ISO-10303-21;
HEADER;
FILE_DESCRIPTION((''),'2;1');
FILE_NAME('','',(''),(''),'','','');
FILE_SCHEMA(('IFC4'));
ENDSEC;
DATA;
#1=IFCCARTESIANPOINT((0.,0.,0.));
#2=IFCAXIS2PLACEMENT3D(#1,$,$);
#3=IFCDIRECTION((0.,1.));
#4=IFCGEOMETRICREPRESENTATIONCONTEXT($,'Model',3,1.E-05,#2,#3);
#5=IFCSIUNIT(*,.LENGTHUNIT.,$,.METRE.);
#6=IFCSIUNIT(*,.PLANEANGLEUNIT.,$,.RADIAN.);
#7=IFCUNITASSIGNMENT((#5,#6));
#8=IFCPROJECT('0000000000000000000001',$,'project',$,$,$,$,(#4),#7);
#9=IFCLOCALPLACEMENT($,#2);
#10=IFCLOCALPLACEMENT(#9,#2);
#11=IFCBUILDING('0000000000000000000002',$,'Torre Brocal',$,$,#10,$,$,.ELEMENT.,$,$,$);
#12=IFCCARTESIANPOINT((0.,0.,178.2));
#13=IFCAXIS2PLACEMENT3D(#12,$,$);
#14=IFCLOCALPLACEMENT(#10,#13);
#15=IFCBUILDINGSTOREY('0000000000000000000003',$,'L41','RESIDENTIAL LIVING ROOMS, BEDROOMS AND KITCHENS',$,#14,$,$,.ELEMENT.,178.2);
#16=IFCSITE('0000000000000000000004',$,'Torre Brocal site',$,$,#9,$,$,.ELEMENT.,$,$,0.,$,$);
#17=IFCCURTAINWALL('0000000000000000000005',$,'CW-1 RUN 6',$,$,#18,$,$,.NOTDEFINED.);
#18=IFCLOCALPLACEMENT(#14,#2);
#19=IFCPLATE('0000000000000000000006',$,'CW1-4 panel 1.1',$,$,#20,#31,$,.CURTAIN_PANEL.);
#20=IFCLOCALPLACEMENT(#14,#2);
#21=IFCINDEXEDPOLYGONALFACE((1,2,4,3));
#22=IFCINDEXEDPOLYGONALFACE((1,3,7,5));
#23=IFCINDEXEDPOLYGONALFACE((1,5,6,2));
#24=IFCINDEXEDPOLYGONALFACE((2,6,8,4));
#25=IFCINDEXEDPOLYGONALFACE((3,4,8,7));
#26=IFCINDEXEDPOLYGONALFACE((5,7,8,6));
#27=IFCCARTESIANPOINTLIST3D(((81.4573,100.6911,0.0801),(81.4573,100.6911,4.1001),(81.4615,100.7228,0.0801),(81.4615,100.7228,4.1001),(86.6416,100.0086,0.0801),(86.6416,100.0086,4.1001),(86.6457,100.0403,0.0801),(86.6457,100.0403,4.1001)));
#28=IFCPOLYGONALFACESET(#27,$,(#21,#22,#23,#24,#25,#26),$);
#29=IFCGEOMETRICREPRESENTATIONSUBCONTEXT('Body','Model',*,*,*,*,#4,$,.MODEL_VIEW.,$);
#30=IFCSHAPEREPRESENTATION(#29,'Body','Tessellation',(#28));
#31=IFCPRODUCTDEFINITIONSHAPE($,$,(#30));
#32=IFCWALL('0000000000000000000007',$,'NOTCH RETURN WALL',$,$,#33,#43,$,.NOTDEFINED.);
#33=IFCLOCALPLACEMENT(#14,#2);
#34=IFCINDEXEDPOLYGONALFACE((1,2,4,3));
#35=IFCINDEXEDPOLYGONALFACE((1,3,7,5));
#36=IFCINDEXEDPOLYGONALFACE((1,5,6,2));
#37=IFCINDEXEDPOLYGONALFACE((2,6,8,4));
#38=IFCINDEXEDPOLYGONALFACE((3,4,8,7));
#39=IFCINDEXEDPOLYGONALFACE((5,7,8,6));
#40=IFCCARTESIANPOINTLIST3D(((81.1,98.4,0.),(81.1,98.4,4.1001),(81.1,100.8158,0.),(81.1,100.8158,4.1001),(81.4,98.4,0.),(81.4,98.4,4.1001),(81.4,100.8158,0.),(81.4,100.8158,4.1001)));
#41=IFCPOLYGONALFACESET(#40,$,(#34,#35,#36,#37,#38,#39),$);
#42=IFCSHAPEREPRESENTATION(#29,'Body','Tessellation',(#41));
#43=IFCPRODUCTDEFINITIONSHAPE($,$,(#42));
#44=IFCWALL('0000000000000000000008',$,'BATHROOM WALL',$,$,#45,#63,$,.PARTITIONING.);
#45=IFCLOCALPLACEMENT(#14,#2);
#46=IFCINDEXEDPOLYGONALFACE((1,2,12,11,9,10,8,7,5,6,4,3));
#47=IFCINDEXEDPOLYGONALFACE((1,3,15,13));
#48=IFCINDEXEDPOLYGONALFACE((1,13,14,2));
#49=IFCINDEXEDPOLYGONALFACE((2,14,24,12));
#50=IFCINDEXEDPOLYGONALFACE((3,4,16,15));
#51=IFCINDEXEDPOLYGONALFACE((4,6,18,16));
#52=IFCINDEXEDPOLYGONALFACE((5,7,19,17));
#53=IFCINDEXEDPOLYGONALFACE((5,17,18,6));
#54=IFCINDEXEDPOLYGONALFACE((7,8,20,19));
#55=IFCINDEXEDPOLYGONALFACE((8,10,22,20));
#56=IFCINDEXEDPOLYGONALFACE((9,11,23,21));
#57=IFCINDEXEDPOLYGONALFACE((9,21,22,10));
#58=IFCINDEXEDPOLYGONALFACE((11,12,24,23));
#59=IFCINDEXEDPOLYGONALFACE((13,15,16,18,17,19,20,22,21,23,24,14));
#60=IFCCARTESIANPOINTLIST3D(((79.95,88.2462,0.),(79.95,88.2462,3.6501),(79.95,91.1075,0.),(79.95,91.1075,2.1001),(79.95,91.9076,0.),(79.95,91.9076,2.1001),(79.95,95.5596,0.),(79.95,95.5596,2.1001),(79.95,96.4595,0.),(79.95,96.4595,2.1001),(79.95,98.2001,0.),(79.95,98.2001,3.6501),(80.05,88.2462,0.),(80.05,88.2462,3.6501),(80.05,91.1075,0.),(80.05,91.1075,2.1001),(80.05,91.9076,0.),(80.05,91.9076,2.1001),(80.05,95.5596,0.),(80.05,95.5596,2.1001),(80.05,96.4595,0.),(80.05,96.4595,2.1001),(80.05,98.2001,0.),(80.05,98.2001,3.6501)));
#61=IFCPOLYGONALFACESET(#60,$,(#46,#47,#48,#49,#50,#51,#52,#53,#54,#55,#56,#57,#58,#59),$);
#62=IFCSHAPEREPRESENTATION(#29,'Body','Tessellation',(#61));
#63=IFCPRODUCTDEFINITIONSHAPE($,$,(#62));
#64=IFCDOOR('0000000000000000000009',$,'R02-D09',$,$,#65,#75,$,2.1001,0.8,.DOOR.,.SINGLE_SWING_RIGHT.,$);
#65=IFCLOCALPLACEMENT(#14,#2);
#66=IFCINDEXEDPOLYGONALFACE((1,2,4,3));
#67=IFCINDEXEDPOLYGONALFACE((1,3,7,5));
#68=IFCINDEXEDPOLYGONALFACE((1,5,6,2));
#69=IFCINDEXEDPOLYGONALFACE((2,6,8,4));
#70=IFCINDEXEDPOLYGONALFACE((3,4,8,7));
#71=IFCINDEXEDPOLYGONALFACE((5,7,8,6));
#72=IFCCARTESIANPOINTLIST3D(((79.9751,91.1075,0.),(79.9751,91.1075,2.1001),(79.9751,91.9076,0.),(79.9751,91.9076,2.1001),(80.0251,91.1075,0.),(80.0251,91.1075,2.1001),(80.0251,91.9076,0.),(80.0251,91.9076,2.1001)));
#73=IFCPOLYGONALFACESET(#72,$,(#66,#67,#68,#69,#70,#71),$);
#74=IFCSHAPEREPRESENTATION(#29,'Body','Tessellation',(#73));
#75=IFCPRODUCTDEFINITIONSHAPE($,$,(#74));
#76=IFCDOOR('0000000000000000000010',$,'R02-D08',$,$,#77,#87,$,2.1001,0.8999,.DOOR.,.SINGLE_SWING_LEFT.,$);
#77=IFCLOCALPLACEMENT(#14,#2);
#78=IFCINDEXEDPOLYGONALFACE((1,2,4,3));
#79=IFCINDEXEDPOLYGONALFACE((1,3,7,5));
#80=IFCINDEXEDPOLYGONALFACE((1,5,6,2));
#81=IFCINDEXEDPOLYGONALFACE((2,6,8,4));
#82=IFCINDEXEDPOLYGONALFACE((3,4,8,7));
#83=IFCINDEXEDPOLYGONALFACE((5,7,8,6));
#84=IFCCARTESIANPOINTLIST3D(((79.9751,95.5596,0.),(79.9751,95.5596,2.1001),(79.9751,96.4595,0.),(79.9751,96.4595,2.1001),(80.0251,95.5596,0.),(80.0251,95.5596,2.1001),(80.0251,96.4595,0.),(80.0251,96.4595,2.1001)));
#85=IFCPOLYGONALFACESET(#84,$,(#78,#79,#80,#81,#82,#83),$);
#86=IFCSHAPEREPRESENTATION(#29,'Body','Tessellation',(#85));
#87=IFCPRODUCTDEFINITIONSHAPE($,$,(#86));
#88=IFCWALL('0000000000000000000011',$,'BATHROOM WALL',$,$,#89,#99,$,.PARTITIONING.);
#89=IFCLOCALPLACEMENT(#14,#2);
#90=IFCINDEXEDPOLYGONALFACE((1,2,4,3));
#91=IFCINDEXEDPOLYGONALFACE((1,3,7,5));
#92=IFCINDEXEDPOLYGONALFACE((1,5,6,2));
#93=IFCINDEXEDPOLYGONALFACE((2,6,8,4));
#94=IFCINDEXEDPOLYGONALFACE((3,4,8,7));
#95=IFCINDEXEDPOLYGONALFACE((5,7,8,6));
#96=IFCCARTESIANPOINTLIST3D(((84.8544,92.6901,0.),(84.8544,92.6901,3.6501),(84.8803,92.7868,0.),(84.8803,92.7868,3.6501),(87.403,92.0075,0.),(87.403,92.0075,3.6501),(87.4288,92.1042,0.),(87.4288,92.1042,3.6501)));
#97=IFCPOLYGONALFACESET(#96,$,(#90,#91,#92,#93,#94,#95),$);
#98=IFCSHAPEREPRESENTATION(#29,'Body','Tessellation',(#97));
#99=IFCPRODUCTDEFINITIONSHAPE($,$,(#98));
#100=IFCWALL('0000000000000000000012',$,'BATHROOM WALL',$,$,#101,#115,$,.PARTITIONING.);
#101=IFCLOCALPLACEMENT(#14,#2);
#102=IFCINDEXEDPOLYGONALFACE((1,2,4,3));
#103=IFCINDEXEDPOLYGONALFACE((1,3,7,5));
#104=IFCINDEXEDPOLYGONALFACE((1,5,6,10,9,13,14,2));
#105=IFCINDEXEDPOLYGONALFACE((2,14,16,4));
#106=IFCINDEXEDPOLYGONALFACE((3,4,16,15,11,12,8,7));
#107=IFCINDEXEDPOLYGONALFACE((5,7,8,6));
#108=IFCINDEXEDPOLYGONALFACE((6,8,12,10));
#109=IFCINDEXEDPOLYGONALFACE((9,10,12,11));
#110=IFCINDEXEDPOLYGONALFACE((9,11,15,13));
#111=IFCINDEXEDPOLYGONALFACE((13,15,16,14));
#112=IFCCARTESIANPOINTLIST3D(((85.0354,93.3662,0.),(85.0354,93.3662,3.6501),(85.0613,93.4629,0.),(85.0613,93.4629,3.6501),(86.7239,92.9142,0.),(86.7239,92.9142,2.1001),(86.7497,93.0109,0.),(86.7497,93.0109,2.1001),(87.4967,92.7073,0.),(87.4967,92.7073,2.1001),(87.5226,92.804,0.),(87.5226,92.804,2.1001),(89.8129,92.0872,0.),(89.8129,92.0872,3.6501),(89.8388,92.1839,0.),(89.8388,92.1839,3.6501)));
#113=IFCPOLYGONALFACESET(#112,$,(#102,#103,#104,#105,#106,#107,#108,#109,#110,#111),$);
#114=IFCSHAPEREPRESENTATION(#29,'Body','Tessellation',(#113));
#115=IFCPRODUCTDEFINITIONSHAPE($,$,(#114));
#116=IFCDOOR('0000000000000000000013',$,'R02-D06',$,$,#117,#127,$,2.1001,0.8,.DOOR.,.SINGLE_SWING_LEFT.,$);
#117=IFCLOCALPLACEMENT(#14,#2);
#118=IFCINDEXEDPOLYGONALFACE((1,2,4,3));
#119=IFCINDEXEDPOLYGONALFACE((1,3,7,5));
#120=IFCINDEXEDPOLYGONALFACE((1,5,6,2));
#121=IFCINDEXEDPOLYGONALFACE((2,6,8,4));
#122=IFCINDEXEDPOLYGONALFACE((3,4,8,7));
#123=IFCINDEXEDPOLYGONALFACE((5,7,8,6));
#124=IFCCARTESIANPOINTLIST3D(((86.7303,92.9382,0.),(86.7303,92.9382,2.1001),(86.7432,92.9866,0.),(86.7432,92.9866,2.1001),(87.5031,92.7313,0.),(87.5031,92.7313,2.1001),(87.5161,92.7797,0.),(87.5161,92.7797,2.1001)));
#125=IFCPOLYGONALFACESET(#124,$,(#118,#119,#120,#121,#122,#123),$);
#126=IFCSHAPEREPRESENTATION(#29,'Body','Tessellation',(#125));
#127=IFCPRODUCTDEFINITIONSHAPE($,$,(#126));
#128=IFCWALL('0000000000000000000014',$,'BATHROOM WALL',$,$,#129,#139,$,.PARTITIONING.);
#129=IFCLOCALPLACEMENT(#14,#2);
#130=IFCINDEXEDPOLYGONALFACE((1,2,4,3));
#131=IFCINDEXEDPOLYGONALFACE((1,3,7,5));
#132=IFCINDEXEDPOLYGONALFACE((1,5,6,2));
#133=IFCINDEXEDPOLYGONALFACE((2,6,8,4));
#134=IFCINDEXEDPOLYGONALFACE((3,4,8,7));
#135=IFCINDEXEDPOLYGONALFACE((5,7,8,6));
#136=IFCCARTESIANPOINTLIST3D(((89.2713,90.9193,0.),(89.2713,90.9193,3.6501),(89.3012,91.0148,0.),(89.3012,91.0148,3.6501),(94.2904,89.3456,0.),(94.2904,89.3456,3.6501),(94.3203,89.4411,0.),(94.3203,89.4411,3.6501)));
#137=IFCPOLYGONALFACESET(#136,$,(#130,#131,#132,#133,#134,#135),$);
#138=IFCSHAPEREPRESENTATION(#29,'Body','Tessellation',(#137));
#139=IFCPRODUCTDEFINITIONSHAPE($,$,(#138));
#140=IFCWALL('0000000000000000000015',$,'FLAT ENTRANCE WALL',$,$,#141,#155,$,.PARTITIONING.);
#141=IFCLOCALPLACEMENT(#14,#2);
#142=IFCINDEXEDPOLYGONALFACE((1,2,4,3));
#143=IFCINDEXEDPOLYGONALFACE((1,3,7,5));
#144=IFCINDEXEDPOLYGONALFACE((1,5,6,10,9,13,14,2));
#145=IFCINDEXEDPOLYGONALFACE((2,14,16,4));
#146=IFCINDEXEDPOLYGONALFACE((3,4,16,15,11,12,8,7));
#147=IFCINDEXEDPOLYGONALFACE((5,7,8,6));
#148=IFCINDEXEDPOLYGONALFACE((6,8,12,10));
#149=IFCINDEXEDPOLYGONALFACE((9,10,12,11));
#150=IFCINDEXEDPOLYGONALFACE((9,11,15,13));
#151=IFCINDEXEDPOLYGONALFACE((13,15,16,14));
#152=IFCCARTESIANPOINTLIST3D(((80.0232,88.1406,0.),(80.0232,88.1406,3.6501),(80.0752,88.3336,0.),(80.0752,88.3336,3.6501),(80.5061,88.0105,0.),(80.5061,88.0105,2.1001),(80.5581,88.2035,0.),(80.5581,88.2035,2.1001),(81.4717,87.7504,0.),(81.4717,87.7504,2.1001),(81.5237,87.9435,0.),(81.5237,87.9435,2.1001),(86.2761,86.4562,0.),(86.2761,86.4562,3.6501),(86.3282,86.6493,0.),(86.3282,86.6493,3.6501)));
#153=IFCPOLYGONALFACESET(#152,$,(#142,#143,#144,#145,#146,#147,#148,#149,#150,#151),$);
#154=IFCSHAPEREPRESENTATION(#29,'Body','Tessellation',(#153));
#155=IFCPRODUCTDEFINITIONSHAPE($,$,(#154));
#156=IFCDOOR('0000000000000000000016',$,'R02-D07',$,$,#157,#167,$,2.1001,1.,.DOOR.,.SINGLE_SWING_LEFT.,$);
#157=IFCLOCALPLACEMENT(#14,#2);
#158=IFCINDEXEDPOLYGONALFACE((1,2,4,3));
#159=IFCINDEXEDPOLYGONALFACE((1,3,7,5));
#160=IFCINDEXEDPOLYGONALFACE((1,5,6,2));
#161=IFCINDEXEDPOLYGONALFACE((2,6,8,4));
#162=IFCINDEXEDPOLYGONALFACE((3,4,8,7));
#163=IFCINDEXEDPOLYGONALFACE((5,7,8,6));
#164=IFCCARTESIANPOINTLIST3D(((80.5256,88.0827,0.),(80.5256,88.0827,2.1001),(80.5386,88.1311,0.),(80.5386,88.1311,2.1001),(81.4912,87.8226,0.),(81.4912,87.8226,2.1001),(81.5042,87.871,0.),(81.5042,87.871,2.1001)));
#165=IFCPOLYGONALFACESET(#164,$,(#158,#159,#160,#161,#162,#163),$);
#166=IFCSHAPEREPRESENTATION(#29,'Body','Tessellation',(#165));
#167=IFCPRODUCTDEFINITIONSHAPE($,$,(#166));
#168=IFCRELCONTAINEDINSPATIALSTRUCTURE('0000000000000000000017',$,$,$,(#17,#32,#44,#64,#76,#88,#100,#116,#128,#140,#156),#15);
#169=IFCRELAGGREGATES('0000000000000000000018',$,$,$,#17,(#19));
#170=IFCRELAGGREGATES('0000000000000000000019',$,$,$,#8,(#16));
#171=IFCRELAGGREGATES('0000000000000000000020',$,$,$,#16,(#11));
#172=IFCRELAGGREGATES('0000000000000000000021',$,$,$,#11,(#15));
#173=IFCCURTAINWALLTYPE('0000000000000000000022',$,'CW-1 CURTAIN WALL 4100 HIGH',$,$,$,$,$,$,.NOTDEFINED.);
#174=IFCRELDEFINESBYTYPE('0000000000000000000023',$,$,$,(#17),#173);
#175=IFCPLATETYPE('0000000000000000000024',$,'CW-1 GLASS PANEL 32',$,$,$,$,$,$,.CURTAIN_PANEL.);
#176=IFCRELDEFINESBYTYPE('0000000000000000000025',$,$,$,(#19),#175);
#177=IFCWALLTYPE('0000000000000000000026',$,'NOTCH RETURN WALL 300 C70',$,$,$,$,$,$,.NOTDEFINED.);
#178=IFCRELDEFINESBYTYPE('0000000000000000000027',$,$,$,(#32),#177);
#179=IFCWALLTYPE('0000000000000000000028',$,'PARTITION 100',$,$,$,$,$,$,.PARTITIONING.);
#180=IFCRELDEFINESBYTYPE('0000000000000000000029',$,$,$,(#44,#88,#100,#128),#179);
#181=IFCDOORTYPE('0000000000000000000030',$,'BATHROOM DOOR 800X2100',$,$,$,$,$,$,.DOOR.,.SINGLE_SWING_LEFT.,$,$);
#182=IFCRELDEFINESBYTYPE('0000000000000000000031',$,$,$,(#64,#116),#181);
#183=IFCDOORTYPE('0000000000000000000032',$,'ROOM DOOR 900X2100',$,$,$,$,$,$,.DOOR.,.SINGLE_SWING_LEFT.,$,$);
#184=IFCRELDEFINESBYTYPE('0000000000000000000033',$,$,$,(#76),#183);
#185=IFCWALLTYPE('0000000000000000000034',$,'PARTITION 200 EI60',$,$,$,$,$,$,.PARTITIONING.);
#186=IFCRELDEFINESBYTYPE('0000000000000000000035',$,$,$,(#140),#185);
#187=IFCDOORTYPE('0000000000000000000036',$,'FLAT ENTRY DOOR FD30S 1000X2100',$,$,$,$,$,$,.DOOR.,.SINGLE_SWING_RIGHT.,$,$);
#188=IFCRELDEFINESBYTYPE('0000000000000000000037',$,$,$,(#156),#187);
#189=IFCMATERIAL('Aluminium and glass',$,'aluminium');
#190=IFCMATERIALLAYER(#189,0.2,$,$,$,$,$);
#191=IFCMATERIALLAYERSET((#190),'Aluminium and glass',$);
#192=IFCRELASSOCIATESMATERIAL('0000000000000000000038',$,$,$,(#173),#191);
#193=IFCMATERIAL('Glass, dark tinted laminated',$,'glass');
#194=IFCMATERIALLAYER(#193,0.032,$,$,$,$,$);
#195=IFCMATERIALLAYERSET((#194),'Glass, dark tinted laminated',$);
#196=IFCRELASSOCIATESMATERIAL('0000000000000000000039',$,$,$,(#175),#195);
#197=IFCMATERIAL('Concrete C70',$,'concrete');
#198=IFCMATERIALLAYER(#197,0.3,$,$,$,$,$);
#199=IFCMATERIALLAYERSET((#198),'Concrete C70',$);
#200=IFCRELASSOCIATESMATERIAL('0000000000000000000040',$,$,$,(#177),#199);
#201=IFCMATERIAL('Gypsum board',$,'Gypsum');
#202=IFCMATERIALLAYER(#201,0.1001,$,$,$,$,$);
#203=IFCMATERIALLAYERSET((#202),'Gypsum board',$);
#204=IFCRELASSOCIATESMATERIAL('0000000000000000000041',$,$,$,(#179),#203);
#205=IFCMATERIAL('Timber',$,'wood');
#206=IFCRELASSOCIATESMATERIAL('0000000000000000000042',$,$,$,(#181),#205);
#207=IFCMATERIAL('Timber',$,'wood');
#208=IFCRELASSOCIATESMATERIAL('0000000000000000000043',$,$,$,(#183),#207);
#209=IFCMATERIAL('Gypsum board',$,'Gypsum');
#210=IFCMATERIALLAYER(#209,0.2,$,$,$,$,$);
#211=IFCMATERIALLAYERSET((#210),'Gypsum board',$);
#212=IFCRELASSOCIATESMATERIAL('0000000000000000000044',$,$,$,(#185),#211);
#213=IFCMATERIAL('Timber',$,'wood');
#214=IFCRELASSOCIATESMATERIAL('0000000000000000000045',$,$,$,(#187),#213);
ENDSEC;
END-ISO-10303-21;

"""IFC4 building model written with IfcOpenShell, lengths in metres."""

from ifc_helpers import new_model, si_unit, direction, frame, frame_2d, origin, origin_2d, place, context, subcontext, project, spatial, rectangle, extrude, material, layer, layer_set, type_object, element, fill, aggregate, save


model = new_model("IFC4")

# Units and contexts
model_context = context("Model", 3, precision=1e-05, world=origin(), true_north=direction((0.0, 1.0)))
body_context = subcontext(model_context, "Body", "Model", "MODEL_VIEW")
ifc_project = project(units=[si_unit("LENGTHUNIT", "METRE"), si_unit("PLANEANGLEUNIT", "RADIAN")], contexts=[model_context])

# Site, building, storey
site_placement = place(None, origin())
site = spatial("IfcSite", under=ifc_project, at=site_placement, Name="Torre Brocal site", CompositionType="ELEMENT", RefElevation=0.0)
building_placement = place(site_placement, origin())
building = spatial("IfcBuilding", under=site, at=building_placement, Name="Torre Brocal", CompositionType="ELEMENT")
storey_placement = place(building_placement, frame((0.0, 0.0, 178.2)))
storey = spatial("IfcBuildingStorey", under=building, at=storey_placement, Name="L41", Description="RESIDENTIAL LIVING ROOMS, BEDROOMS AND KITCHENS", CompositionType="ELEMENT", Elevation=178.2)

# Shared definitions
ifc_material_1 = material(Name="Aluminium and glass", Category="aluminium")
ifc_layer_1 = layer(ifc_material_1, 0.2)
ifc_layer_set_1 = layer_set([ifc_layer_1], Name="Aluminium and glass")
curtain_wall_type = type_object("IfcCurtainWallType", Name="CW-1 CURTAIN WALL 4100 HIGH", PredefinedType="NOTDEFINED", material=ifc_layer_set_1)

# Curtain wall
curtain_wall_1_placement = place(storey_placement, origin())
curtain_wall_1 = element("IfcCurtainWall", 1, at=curtain_wall_1_placement, inside=storey, type_object=curtain_wall_type, Name="CW-1 RUN 6", PredefinedType="NOTDEFINED")

# Plate
ifc_material_2 = material(Name="Glass, dark tinted laminated", Category="glass")
ifc_layer_2 = layer(ifc_material_2, 0.032)
ifc_layer_set_2 = layer_set([ifc_layer_2], Name="Glass, dark tinted laminated")
plate_type = type_object("IfcPlateType", Name="CW-1 GLASS PANEL 32", PredefinedType="CURTAIN_PANEL", material=ifc_layer_set_2)
plate_1_placement = place(storey_placement, frame((84.0515, 100.3657, 0.0801), z_axis=(0.0, 0.0, 1.0), x_axis=(-0.991445, 0.130526, 0.0)))
plate_1 = element("IfcPlate", 2, at=plate_1_placement, type_object=plate_type, Name="CW1-4 panel 1.1", PredefinedType="CURTAIN_PANEL", context=body_context, shape_type="SweptSolid", body=[
    extrude(rectangle(XDim=5.229, YDim=0.032, at=origin_2d()), origin(), (0.0, 0.0, 1.0), 4.02),
])
aggregate(curtain_wall_1, [plate_1])

# Wall
ifc_material_3 = material(Name="Concrete C70", Category="concrete")
ifc_layer_3 = layer(ifc_material_3, 0.3)
ifc_layer_set_3 = layer_set([ifc_layer_3], Name="Concrete C70")
wall_type_1 = type_object("IfcWallType", Name="NOTCH RETURN WALL 300 C70", PredefinedType="NOTDEFINED", material=ifc_layer_set_3)
wall_1_placement = place(storey_placement, frame((81.25, 98.3999, 0.0), z_axis=(0.0, 0.0, 1.0), x_axis=(0.0, 1.0, 0.0)))
element("IfcWall", 3, at=wall_1_placement, inside=storey, type_object=wall_type_1, Name="NOTCH RETURN WALL", PredefinedType="NOTDEFINED", context=body_context, shape_type="SweptSolid", body=[
    extrude(rectangle(XDim=2.4158, YDim=0.3, at=frame_2d((1.208, 0.0))), origin(), (0.0, 0.0, 1.0), 4.1001),
])

# Wall, openings, doors
ifc_material_4 = material(Name="Gypsum board", Category="Gypsum")
ifc_layer_4 = layer(ifc_material_4, 0.1001)
ifc_layer_set_4 = layer_set([ifc_layer_4], Name="Gypsum board")
wall_type_2 = type_object("IfcWallType", Name="PARTITION 100", PredefinedType="PARTITIONING", material=ifc_layer_set_4)
wall_2_placement = place(storey_placement, frame((80.0, 88.2461, 0.0), z_axis=(0.0, 0.0, 1.0), x_axis=(0.0, 1.0, 0.0)))
wall_2 = element("IfcWall", 4, at=wall_2_placement, inside=storey, type_object=wall_type_2, Name="BATHROOM WALL", PredefinedType="PARTITIONING", context=body_context, shape_type="SweptSolid", body=[
    extrude(rectangle(XDim=9.9539, YDim=0.1001, at=frame_2d((4.9771, 0.0))), origin(), (0.0, 0.0, 1.0), 3.6501),
])
opening_1_placement = place(wall_2_placement, frame((7.3135, 0.0, 0.0)))
opening_1 = element("IfcOpeningElement", 5, at=opening_1_placement, cuts=wall_2, PredefinedType="OPENING", context=body_context, shape_type="SweptSolid", body=[
    extrude(rectangle(XDim=0.8999, YDim=2.1001, at=frame_2d((0.45, 1.05))), frame((0.0, 0.0601, 0.0), z_axis=(0.0, -1.0, 0.0), x_axis=(1.0, 0.0, 0.0)), (0.0, 0.0, 1.0), 0.1201),
])
opening_2_placement = place(wall_2_placement, frame((2.8616, 0.0, 0.0)))
opening_2 = element("IfcOpeningElement", 6, at=opening_2_placement, cuts=wall_2, PredefinedType="OPENING", context=body_context, shape_type="SweptSolid", body=[
    extrude(rectangle(XDim=0.8, YDim=2.1001, at=frame_2d((0.3999, 1.05))), frame((0.0, 0.0601, 0.0), z_axis=(0.0, -1.0, 0.0), x_axis=(1.0, 0.0, 0.0)), (0.0, 0.0, 1.0), 0.1201),
])
ifc_material_5 = material(Name="Timber", Category="wood")
door_type_1 = type_object("IfcDoorType", Name="BATHROOM DOOR 800X2100", OperationType="SINGLE_SWING_LEFT", PredefinedType="DOOR", material=ifc_material_5)
door_1_placement = place(opening_2_placement, origin())
door_1 = element("IfcDoor", 7, at=door_1_placement, inside=storey, type_object=door_type_1, Name="R02-D09", OperationType="SINGLE_SWING_RIGHT", OverallHeight=2.1001, OverallWidth=0.8, PredefinedType="DOOR", context=body_context, shape_type="SweptSolid", body=[
    extrude(rectangle(XDim=0.8, YDim=2.1001, at=frame_2d((0.3999, 1.05))), frame((0.0, 0.0249, 0.0), z_axis=(0.0, -1.0, 0.0), x_axis=(1.0, 0.0, 0.0)), (0.0, 0.0, 1.0), 0.05),
])
fill(opening_2, door_1)
ifc_material_6 = material(Name="Timber", Category="wood")
door_type_2 = type_object("IfcDoorType", Name="ROOM DOOR 900X2100", OperationType="SINGLE_SWING_LEFT", PredefinedType="DOOR", material=ifc_material_6)
door_2_placement = place(opening_1_placement, origin())
door_2 = element("IfcDoor", 8, at=door_2_placement, inside=storey, type_object=door_type_2, Name="R02-D08", OperationType="SINGLE_SWING_LEFT", OverallHeight=2.1001, OverallWidth=0.8999, PredefinedType="DOOR", context=body_context, shape_type="SweptSolid", body=[
    extrude(rectangle(XDim=0.8999, YDim=2.1001, at=frame_2d((0.45, 1.05))), frame((0.0, 0.0249, 0.0), z_axis=(0.0, -1.0, 0.0), x_axis=(1.0, 0.0, 0.0)), (0.0, 0.0, 1.0), 0.05),
])
fill(opening_1, door_2)

# Wall
wall_3_placement = place(storey_placement, frame((84.8672, 92.7385, 0.0), z_axis=(0.0, 0.0, 1.0), x_axis=(0.965952, -0.258722, 0.0)))
element("IfcWall", 9, at=wall_3_placement, inside=storey, type_object=wall_type_2, Name="BATHROOM WALL", PredefinedType="PARTITIONING", context=body_context, shape_type="SweptSolid", body=[
    extrude(rectangle(XDim=2.6384, YDim=0.1001, at=frame_2d((1.3193, 0.0))), origin(), (0.0, 0.0, 1.0), 3.6501),
])

# Wall, opening, door
wall_4_placement = place(storey_placement, frame((85.0483, 93.4146, 0.0), z_axis=(0.0, 0.0, 1.0), x_axis=(0.965981, -0.258612, 0.0)))
wall_4 = element("IfcWall", 10, at=wall_4_placement, inside=storey, type_object=wall_type_2, Name="BATHROOM WALL", PredefinedType="PARTITIONING", context=body_context, shape_type="SweptSolid", body=[
    extrude(rectangle(XDim=4.9458, YDim=0.1001, at=frame_2d((2.4729, 0.0))), origin(), (0.0, 0.0, 1.0), 3.6501),
])
opening_3_placement = place(wall_4_placement, frame((1.748, 0.0, 0.0)))
opening_3 = element("IfcOpeningElement", 11, at=opening_3_placement, cuts=wall_4, PredefinedType="OPENING", context=body_context, shape_type="SweptSolid", body=[
    extrude(rectangle(XDim=0.8, YDim=2.1001, at=frame_2d((0.3999, 1.05))), frame((0.0, 0.0601, 0.0), z_axis=(0.0, -1.0, 0.0), x_axis=(1.0, 0.0, 0.0)), (0.0, 0.0, 1.0), 0.1201),
])
door_3_placement = place(opening_3_placement, origin())
door_3 = element("IfcDoor", 12, at=door_3_placement, inside=storey, type_object=door_type_1, Name="R02-D06", OperationType="SINGLE_SWING_LEFT", OverallHeight=2.1001, OverallWidth=0.8, PredefinedType="DOOR", context=body_context, shape_type="SweptSolid", body=[
    extrude(rectangle(XDim=0.8, YDim=2.1001, at=frame_2d((0.3999, 1.05))), frame((0.0, 0.0249, 0.0), z_axis=(0.0, -1.0, 0.0), x_axis=(1.0, 0.0, 0.0)), (0.0, 0.0, 1.0), 0.05),
])
fill(opening_3, door_3)

# Wall
wall_5_placement = place(storey_placement, frame((89.2864, 90.967, 0.0), z_axis=(0.0, 0.0, 1.0), x_axis=(0.954194, -0.299189, 0.0)))
element("IfcWall", 13, at=wall_5_placement, inside=storey, type_object=wall_type_2, Name="BATHROOM WALL", PredefinedType="PARTITIONING", context=body_context, shape_type="SweptSolid", body=[
    extrude(rectangle(XDim=5.26, YDim=0.1001, at=frame_2d((2.6299, 0.0))), origin(), (0.0, 0.0, 1.0), 3.6501),
])

# Wall, opening, door
ifc_material_7 = material(Name="Gypsum board", Category="Gypsum")
ifc_layer_5 = layer(ifc_material_7, 0.2)
ifc_layer_set_5 = layer_set([ifc_layer_5], Name="Gypsum board")
wall_type_3 = type_object("IfcWallType", Name="PARTITION 200 EI60", PredefinedType="PARTITIONING", material=ifc_layer_set_5)
wall_6_placement = place(storey_placement, frame((80.0493, 88.2371, 0.0), z_axis=(0.0, 0.0, 1.0), x_axis=(0.965583, -0.260095, 0.0)))
wall_6 = element("IfcWall", 14, at=wall_6_placement, inside=storey, type_object=wall_type_3, Name="FLAT ENTRANCE WALL", PredefinedType="PARTITIONING", context=body_context, shape_type="SweptSolid", body=[
    extrude(rectangle(XDim=6.4758, YDim=0.2, at=frame_2d((3.2378, 0.0))), origin(), (0.0, 0.0, 1.0), 3.6501),
])
opening_4_placement = place(wall_6_placement, frame((0.5, 0.0, 0.0)))
opening_4 = element("IfcOpeningElement", 15, at=opening_4_placement, cuts=wall_6, PredefinedType="OPENING", context=body_context, shape_type="SweptSolid", body=[
    extrude(rectangle(XDim=1.0, YDim=2.1001, at=frame_2d((0.5, 1.05))), frame((0.0, 0.1099, 0.0), z_axis=(0.0, -1.0, 0.0), x_axis=(1.0, 0.0, 0.0)), (0.0, 0.0, 1.0), 0.22),
])
ifc_material_8 = material(Name="Timber", Category="wood")
door_type_3 = type_object("IfcDoorType", Name="FLAT ENTRY DOOR FD30S 1000X2100", OperationType="SINGLE_SWING_RIGHT", PredefinedType="DOOR", material=ifc_material_8)
door_4_placement = place(opening_4_placement, origin())
door_4 = element("IfcDoor", 16, at=door_4_placement, inside=storey, type_object=door_type_3, Name="R02-D07", OperationType="SINGLE_SWING_LEFT", OverallHeight=2.1001, OverallWidth=1.0, PredefinedType="DOOR", context=body_context, shape_type="SweptSolid", body=[
    extrude(rectangle(XDim=1.0, YDim=2.1001, at=frame_2d((0.5, 1.05))), frame((0.0, 0.0249, 0.0), z_axis=(0.0, -1.0, 0.0), x_axis=(1.0, 0.0, 0.0)), (0.0, 0.0, 1.0), 0.05),
])
fill(opening_4, door_4)

save(model, "model.ifc")
